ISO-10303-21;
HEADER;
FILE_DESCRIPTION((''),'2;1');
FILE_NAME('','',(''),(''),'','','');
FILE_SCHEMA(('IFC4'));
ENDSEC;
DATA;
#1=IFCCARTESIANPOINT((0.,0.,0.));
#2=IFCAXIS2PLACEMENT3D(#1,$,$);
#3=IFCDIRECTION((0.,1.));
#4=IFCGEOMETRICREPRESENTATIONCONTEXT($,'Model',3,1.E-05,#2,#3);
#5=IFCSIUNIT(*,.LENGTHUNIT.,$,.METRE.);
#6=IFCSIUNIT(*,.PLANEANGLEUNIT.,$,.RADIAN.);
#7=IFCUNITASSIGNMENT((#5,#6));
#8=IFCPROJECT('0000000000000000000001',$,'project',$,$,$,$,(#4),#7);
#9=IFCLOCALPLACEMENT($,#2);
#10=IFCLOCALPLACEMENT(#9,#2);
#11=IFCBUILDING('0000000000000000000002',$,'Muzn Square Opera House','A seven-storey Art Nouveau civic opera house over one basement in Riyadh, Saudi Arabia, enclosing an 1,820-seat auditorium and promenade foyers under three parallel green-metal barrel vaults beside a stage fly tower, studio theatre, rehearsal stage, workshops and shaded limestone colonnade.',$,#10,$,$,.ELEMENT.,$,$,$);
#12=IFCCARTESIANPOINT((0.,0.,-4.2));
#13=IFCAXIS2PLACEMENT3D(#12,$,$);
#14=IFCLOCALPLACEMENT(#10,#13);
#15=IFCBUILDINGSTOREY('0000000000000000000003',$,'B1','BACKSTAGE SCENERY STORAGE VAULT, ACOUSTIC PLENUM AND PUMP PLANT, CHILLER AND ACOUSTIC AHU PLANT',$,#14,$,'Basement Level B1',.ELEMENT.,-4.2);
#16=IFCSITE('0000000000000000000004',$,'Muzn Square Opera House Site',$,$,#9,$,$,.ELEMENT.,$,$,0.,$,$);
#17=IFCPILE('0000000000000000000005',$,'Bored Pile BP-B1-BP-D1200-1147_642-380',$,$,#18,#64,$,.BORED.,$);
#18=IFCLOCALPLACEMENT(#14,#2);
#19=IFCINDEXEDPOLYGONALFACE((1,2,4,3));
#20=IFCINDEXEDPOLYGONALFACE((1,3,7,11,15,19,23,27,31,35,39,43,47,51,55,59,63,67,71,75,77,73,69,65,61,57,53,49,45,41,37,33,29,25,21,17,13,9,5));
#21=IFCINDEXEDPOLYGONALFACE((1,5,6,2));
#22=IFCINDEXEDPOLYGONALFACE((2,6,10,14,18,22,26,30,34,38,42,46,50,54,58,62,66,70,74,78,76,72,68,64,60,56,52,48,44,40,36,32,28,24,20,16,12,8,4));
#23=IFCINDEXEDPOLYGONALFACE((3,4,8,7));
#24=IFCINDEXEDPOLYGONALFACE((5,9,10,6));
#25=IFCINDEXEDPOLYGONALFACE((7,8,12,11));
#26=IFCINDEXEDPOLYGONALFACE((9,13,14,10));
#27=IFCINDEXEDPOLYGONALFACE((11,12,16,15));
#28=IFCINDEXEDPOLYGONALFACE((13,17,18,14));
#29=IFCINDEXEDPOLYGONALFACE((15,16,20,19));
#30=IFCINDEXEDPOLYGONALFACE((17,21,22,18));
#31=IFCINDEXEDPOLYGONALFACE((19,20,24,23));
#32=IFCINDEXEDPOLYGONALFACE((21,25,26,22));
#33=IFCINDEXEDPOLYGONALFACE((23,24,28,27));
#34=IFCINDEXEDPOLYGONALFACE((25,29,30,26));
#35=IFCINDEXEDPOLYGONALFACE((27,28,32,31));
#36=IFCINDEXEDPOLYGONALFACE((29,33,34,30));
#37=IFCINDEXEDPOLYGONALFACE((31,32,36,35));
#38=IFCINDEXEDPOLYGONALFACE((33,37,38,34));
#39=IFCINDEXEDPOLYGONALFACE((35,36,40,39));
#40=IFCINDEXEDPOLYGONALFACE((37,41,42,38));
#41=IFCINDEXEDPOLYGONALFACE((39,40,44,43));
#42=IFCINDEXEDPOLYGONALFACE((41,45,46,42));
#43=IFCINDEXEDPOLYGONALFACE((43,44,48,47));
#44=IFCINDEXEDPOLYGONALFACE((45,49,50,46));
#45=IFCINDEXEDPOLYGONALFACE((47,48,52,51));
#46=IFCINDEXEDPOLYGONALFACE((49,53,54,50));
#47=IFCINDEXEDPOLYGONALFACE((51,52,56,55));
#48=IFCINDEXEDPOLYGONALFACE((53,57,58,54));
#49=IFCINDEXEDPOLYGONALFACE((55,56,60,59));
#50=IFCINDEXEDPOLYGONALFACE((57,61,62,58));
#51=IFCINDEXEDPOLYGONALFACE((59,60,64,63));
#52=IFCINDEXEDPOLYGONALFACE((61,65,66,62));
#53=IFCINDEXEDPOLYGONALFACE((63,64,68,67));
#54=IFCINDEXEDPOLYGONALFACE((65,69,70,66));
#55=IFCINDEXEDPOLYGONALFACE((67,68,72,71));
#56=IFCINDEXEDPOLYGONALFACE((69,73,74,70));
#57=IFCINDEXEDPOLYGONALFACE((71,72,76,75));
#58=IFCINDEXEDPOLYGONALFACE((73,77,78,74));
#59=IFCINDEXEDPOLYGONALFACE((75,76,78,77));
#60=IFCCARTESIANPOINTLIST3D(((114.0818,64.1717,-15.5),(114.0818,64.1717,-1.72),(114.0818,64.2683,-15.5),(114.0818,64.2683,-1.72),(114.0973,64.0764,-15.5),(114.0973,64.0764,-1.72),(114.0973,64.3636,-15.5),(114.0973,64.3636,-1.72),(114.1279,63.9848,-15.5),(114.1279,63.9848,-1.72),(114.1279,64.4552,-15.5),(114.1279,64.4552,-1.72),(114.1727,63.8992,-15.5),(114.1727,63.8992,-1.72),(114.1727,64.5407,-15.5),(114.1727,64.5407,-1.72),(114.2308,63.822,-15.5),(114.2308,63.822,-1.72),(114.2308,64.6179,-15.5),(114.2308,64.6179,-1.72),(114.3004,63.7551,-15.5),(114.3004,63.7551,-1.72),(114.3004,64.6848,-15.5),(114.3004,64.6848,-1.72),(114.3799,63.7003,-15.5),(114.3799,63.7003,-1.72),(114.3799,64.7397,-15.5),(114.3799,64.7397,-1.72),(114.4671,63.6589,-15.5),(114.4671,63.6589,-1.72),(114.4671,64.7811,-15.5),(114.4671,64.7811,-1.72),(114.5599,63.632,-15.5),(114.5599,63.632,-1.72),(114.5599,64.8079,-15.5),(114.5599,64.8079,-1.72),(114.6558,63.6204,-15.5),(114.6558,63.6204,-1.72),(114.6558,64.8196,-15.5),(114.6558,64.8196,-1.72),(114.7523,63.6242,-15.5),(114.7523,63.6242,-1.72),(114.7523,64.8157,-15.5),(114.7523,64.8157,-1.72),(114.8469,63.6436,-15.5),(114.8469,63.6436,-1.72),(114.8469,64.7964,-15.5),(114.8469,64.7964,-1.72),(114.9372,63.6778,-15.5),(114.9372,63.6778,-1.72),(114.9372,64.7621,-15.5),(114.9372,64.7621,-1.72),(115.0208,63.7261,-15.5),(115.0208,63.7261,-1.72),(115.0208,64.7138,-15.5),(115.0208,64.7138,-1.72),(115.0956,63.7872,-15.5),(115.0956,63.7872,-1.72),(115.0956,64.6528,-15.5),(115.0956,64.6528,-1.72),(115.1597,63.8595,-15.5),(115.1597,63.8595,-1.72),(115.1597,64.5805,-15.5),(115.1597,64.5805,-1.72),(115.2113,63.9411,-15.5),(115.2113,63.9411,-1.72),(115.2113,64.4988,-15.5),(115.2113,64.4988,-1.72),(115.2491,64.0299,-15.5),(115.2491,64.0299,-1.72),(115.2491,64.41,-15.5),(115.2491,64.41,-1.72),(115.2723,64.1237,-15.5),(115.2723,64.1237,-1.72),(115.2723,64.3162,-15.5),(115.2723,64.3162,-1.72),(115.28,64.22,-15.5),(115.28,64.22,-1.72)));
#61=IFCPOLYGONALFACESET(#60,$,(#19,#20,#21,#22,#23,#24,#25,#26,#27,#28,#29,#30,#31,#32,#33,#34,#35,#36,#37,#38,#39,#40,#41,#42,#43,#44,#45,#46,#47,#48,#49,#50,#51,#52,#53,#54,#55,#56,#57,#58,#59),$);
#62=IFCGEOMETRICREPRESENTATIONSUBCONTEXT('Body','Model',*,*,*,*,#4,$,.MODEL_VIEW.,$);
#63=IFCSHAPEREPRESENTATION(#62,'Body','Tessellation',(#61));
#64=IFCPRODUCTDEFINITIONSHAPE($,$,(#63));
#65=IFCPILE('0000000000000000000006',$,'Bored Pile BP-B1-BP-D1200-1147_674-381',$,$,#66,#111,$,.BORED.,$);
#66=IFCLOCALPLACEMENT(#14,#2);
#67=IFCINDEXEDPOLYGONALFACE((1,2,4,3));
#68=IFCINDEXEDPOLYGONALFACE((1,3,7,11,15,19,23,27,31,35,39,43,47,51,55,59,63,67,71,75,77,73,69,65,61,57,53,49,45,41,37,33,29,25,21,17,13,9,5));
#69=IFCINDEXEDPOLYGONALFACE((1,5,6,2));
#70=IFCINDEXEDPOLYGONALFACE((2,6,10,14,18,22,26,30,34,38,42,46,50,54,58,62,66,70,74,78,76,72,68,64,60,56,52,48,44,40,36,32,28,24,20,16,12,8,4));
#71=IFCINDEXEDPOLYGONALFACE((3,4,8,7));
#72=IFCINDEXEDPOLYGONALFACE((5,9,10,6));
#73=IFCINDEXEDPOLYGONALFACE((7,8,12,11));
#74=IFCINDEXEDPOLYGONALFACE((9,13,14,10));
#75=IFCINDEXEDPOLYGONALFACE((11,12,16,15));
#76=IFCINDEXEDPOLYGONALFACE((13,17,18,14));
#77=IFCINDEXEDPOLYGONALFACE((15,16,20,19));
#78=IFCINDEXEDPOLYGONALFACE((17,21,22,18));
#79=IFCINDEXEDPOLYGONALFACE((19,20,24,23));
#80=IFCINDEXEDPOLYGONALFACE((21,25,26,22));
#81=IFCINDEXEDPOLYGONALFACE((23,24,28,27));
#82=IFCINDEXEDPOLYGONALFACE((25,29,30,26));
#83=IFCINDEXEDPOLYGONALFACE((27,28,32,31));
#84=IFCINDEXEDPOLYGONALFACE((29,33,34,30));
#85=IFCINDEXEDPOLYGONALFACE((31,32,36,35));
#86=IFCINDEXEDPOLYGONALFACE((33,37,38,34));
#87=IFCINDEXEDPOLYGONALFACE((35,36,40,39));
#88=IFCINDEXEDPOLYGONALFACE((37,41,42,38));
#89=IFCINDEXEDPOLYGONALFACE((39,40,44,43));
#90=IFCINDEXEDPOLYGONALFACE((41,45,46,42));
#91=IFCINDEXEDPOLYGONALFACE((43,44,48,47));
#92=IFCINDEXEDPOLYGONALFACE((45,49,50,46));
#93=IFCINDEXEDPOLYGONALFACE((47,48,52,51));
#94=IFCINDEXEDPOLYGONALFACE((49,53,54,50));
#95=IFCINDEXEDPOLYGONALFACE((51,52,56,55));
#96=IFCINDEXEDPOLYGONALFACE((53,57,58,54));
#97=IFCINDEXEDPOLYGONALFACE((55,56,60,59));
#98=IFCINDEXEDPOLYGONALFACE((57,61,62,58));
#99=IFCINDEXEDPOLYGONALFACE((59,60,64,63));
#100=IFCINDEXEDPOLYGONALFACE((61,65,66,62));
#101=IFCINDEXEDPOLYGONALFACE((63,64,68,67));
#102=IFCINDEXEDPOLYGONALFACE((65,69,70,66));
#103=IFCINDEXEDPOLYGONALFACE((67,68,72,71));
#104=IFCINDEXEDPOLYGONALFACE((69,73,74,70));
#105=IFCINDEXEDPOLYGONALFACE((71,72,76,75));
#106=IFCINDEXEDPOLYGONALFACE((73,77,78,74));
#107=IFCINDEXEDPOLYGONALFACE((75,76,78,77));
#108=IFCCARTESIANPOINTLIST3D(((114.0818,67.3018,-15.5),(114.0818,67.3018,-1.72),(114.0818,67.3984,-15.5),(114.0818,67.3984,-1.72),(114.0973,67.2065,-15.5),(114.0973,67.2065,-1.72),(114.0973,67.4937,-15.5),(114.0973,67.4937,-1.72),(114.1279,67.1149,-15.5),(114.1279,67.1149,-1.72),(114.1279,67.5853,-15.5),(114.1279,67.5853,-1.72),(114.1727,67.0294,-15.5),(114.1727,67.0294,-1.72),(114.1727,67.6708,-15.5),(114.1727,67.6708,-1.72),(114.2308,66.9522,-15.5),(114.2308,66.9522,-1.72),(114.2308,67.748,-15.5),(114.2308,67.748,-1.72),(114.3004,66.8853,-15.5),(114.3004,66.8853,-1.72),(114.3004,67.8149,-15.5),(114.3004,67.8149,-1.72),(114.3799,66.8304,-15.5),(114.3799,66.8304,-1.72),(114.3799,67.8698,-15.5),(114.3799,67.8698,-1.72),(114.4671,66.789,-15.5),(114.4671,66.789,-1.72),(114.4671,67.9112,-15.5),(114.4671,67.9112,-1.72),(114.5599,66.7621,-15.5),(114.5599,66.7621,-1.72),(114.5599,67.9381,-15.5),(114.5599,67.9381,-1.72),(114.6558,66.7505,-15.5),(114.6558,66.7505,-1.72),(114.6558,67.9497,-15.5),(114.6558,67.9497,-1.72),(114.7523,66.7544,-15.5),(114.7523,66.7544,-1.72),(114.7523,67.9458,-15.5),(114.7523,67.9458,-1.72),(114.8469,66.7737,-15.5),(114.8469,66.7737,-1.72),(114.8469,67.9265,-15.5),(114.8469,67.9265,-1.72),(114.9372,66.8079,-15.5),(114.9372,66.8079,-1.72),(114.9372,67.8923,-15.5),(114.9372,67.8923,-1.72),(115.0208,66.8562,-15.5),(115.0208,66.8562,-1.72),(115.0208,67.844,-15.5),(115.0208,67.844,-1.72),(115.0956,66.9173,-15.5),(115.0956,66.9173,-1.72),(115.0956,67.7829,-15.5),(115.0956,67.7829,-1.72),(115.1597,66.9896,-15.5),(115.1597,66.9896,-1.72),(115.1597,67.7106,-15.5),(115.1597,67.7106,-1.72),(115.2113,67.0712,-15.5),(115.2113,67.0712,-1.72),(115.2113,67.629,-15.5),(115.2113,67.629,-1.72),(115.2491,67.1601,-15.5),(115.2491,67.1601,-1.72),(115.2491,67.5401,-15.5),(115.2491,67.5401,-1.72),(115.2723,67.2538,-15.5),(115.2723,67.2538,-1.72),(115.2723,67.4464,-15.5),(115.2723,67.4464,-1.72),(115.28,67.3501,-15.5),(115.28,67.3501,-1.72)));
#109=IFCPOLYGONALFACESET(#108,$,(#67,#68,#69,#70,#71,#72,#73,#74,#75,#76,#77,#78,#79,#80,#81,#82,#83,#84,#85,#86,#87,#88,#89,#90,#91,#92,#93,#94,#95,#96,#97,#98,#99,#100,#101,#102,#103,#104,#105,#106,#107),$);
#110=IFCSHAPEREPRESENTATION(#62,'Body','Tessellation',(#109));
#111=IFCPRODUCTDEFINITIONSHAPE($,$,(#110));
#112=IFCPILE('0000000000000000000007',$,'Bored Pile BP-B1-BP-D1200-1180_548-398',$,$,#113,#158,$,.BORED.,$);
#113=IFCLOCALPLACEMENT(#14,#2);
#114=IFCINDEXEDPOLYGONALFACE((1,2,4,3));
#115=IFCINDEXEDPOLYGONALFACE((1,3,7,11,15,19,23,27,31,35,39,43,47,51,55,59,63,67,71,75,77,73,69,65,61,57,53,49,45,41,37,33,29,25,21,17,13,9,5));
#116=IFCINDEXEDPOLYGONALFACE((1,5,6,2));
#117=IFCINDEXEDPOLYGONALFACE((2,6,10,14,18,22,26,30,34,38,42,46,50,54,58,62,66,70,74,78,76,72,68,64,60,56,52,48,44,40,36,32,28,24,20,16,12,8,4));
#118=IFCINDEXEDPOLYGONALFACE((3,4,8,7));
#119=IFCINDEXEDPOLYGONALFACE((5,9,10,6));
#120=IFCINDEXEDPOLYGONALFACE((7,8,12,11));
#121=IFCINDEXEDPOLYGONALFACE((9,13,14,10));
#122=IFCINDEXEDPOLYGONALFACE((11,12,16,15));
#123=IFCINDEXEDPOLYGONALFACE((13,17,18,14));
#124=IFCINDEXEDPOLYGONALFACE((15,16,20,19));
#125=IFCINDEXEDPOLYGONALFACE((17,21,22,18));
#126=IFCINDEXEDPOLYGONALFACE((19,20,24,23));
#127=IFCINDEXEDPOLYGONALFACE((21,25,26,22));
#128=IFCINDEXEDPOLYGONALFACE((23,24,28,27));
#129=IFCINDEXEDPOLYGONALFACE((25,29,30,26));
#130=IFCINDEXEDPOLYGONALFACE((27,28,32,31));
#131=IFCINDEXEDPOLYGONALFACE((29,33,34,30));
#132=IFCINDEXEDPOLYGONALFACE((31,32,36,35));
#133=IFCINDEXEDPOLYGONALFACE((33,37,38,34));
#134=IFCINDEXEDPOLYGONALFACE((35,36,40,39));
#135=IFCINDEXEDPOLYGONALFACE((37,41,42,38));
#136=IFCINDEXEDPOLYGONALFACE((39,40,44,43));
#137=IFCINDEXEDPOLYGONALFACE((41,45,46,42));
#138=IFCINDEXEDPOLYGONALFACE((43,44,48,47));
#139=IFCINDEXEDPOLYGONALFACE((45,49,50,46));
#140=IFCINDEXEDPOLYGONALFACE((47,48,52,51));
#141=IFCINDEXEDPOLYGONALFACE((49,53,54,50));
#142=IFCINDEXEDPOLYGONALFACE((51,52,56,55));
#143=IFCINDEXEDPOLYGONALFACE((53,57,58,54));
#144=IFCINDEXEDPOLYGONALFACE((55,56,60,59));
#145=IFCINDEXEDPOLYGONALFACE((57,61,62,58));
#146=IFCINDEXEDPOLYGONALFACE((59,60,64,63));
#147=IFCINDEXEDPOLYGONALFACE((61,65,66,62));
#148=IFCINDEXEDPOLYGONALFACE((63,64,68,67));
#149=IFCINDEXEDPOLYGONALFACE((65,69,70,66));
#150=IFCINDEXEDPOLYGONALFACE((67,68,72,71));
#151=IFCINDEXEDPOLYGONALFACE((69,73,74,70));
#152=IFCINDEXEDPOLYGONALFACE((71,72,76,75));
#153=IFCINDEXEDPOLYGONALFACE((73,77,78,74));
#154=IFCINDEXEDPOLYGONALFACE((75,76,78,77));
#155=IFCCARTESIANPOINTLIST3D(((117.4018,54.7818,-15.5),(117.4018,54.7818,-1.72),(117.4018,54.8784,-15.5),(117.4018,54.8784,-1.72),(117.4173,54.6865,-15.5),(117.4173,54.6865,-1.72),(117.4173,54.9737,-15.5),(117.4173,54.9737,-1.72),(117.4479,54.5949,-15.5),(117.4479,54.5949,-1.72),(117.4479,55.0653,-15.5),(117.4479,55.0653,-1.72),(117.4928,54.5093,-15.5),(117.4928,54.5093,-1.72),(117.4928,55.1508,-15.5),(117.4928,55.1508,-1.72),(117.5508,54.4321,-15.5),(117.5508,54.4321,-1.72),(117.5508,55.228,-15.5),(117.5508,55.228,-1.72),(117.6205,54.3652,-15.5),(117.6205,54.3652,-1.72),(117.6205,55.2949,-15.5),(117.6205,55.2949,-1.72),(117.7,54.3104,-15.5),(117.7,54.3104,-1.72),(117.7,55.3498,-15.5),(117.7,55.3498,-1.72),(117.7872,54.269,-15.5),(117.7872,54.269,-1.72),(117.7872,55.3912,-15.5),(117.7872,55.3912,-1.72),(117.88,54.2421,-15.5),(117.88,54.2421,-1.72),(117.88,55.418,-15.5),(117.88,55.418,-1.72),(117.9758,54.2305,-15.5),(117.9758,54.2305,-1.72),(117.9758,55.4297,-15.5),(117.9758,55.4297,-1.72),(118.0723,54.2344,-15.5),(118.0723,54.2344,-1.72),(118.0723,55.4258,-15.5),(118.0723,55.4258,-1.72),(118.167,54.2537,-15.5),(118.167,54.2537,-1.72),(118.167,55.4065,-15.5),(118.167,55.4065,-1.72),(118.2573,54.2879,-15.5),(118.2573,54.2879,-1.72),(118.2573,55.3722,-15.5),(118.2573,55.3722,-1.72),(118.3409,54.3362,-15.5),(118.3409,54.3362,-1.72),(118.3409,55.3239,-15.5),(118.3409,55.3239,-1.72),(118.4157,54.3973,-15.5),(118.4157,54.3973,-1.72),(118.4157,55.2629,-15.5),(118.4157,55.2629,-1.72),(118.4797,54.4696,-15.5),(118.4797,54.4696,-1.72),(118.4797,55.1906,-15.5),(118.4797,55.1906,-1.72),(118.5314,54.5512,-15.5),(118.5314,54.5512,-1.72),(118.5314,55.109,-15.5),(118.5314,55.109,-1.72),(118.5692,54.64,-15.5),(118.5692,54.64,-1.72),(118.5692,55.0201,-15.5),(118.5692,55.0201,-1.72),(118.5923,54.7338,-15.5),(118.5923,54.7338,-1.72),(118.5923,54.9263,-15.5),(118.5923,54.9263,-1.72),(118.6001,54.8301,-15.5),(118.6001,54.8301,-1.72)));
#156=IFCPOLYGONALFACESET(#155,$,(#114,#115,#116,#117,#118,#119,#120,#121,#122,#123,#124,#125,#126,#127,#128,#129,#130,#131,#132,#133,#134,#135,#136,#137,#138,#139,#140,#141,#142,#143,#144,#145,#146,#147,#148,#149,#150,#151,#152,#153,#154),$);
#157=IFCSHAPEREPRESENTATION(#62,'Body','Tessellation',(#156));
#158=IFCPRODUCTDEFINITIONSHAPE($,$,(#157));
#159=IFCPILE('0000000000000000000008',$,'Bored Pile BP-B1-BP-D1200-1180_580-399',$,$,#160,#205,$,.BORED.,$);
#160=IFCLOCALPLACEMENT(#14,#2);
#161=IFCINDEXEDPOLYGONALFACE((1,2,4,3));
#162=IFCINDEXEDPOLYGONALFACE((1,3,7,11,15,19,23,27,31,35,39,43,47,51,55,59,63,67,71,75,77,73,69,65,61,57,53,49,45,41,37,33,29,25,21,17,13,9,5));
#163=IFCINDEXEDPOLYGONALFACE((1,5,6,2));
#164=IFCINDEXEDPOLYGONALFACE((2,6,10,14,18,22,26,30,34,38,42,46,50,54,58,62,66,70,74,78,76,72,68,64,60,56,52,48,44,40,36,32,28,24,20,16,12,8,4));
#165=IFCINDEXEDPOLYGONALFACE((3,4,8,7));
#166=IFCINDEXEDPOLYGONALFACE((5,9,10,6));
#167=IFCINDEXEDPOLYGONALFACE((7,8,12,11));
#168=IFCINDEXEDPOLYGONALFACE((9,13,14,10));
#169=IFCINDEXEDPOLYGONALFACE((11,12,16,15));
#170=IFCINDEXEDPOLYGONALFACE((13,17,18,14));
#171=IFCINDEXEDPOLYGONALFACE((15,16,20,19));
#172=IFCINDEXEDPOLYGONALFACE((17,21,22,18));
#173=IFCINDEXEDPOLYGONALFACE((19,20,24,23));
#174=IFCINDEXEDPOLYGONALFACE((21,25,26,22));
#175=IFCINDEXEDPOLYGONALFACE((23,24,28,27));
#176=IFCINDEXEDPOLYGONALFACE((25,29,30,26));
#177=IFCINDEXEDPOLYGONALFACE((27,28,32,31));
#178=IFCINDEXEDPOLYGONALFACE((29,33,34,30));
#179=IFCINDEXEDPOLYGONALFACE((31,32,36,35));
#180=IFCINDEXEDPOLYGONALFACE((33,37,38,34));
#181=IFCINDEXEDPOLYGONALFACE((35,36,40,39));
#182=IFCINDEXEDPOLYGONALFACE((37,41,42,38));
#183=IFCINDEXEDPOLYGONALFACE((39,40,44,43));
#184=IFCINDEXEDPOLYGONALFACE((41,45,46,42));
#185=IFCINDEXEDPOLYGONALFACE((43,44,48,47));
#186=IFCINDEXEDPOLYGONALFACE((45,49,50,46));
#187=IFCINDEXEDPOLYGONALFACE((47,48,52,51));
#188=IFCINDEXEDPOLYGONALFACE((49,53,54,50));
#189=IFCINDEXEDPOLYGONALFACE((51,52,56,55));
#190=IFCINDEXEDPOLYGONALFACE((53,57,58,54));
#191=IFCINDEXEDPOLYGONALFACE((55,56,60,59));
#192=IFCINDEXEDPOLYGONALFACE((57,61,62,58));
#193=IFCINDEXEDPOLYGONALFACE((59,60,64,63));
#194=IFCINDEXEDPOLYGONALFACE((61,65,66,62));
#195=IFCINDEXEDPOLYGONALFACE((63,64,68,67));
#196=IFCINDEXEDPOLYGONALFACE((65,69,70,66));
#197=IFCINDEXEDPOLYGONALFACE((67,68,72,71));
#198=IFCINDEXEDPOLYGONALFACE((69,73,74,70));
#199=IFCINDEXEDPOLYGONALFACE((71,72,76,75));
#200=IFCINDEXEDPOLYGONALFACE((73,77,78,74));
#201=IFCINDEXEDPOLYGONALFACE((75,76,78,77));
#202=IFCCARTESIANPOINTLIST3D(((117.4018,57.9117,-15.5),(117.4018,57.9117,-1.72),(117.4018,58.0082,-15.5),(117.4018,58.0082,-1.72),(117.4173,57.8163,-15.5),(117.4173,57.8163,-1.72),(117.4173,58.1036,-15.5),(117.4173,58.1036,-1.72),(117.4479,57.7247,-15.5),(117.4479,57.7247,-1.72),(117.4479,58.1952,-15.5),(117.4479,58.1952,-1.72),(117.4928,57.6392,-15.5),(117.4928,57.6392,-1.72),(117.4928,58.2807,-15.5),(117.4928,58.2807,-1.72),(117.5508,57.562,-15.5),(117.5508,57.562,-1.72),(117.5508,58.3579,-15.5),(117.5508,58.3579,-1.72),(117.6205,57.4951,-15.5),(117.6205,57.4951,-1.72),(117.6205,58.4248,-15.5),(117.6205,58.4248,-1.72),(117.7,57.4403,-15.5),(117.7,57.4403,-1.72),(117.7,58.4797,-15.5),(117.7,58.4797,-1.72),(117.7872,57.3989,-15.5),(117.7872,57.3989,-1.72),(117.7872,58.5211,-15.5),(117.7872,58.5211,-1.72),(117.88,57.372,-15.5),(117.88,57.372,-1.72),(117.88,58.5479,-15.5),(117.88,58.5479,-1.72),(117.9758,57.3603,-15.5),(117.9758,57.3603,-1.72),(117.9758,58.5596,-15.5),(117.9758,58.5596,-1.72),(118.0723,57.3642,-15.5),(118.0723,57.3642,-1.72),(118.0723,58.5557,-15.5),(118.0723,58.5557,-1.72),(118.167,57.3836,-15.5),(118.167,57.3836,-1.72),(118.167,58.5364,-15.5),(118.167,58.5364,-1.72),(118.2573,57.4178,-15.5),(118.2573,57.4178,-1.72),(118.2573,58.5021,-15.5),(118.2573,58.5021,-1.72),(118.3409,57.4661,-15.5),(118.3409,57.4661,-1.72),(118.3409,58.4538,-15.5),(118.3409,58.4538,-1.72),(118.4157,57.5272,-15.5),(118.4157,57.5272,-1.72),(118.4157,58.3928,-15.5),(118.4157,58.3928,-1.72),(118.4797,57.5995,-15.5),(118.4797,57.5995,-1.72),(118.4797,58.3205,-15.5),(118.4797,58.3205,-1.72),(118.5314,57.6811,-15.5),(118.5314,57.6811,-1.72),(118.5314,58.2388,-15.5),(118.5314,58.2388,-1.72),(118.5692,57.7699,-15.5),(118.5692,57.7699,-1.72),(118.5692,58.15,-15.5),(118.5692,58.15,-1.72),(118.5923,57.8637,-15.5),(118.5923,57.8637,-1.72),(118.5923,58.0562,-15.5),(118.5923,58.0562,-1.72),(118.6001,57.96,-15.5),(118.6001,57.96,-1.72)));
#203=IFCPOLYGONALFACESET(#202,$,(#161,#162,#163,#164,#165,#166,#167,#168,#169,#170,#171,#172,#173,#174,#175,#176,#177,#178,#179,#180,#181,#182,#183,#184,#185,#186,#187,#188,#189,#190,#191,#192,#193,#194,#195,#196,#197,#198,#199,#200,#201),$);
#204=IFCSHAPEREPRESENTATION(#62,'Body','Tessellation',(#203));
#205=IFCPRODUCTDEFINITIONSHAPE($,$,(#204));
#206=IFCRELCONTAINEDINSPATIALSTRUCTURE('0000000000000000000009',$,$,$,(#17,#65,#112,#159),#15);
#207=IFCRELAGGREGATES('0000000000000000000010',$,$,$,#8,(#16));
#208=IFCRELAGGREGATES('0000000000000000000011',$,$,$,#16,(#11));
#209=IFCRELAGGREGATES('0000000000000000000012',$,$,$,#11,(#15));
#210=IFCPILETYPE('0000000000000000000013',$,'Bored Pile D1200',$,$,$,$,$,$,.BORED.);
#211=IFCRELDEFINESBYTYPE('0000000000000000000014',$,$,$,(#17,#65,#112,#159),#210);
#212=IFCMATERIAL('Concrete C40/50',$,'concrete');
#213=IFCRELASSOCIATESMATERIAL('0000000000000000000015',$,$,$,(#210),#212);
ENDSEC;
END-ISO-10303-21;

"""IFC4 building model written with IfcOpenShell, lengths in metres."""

from ifc_helpers import new_model, si_unit, direction, frame, origin, origin_2d, place, context, subcontext, project, spatial, circle, extrude, material, material_profile, profile_set, type_object, element, save


model = new_model("IFC4")

# Units and contexts
model_context = context("Model", 3, precision=1e-05, world=origin(), true_north=direction((0.0, 1.0)))
body_context = subcontext(model_context, "Body", "Model", "MODEL_VIEW")
ifc_project = project(units=[si_unit("LENGTHUNIT", "METRE"), si_unit("PLANEANGLEUNIT", "RADIAN")], contexts=[model_context])

# Site, building, storey
site_placement = place(None, origin())
site = spatial("IfcSite", under=ifc_project, at=site_placement, Name="Muzn Square Opera House Site", CompositionType="ELEMENT", RefElevation=0.0)
building_placement = place(site_placement, origin())
building = spatial("IfcBuilding", under=site, at=building_placement, Name="Muzn Square Opera House", Description="A seven-storey Art Nouveau civic opera house over one basement in Riyadh, Saudi Arabia, enclosing an 1,820-seat auditorium and promenade foyers under three parallel green-metal barrel vaults beside a stage fly tower, studio theatre, rehearsal stage, workshops and shaded limestone colonnade.", CompositionType="ELEMENT")
storey_placement = place(building_placement, frame((0.0, 0.0, -4.2)))
storey = spatial("IfcBuildingStorey", under=building, at=storey_placement, Name="B1", Description="BACKSTAGE SCENERY STORAGE VAULT, ACOUSTIC PLENUM AND PUMP PLANT, CHILLER AND ACOUSTIC AHU PLANT", LongName="Basement Level B1", CompositionType="ELEMENT", Elevation=-4.2)

# Piles
ifc_material_1 = material(Name="Concrete C40/50", Category="concrete")
ifc_material_profile_1 = material_profile(ifc_material_1, circle(Radius=0.6001, at=origin_2d()), Name="BORED PILE D1200", Category="concrete")
ifc_profile_set_1 = profile_set([ifc_material_profile_1], Name="Concrete C40/50")
pile_type = type_object("IfcPileType", Name="Bored Pile D1200", PredefinedType="BORED", material=ifc_profile_set_1)
for number, where, z_axis, x_axis, name in (
    (1, (114.6799, 64.22, -1.72), (0.0, 0.0, -1.0), (1.0, 0.0, 0.0), "Bored Pile BP-B1-BP-D1200-1147_642-380"),
    (2, (114.6799, 67.3501, -1.72), (0.0, 0.0, -1.0), (1.0, 0.0, 0.0), "Bored Pile BP-B1-BP-D1200-1147_674-381"),
    (3, (118.0, 54.8301, -1.72), (0.0, 0.0, -1.0), (1.0, 0.0, 0.0), "Bored Pile BP-B1-BP-D1200-1180_548-398"),
    (4, (118.0, 57.96, -1.72), (0.0, 0.0, -1.0), (1.0, 0.0, 0.0), "Bored Pile BP-B1-BP-D1200-1180_580-399"),
):
    element("IfcPile", number, at=place(storey_placement, frame(where, z_axis=z_axis, x_axis=x_axis)), inside=storey, type_object=pile_type, Name=name, PredefinedType="BORED", context=body_context, shape_type="SweptSolid", body=[
        extrude(circle(Radius=0.6001, at=origin_2d()), origin(), (0.0, 0.0, 1.0), 13.78),
    ])

save(model, "model.ifc")
